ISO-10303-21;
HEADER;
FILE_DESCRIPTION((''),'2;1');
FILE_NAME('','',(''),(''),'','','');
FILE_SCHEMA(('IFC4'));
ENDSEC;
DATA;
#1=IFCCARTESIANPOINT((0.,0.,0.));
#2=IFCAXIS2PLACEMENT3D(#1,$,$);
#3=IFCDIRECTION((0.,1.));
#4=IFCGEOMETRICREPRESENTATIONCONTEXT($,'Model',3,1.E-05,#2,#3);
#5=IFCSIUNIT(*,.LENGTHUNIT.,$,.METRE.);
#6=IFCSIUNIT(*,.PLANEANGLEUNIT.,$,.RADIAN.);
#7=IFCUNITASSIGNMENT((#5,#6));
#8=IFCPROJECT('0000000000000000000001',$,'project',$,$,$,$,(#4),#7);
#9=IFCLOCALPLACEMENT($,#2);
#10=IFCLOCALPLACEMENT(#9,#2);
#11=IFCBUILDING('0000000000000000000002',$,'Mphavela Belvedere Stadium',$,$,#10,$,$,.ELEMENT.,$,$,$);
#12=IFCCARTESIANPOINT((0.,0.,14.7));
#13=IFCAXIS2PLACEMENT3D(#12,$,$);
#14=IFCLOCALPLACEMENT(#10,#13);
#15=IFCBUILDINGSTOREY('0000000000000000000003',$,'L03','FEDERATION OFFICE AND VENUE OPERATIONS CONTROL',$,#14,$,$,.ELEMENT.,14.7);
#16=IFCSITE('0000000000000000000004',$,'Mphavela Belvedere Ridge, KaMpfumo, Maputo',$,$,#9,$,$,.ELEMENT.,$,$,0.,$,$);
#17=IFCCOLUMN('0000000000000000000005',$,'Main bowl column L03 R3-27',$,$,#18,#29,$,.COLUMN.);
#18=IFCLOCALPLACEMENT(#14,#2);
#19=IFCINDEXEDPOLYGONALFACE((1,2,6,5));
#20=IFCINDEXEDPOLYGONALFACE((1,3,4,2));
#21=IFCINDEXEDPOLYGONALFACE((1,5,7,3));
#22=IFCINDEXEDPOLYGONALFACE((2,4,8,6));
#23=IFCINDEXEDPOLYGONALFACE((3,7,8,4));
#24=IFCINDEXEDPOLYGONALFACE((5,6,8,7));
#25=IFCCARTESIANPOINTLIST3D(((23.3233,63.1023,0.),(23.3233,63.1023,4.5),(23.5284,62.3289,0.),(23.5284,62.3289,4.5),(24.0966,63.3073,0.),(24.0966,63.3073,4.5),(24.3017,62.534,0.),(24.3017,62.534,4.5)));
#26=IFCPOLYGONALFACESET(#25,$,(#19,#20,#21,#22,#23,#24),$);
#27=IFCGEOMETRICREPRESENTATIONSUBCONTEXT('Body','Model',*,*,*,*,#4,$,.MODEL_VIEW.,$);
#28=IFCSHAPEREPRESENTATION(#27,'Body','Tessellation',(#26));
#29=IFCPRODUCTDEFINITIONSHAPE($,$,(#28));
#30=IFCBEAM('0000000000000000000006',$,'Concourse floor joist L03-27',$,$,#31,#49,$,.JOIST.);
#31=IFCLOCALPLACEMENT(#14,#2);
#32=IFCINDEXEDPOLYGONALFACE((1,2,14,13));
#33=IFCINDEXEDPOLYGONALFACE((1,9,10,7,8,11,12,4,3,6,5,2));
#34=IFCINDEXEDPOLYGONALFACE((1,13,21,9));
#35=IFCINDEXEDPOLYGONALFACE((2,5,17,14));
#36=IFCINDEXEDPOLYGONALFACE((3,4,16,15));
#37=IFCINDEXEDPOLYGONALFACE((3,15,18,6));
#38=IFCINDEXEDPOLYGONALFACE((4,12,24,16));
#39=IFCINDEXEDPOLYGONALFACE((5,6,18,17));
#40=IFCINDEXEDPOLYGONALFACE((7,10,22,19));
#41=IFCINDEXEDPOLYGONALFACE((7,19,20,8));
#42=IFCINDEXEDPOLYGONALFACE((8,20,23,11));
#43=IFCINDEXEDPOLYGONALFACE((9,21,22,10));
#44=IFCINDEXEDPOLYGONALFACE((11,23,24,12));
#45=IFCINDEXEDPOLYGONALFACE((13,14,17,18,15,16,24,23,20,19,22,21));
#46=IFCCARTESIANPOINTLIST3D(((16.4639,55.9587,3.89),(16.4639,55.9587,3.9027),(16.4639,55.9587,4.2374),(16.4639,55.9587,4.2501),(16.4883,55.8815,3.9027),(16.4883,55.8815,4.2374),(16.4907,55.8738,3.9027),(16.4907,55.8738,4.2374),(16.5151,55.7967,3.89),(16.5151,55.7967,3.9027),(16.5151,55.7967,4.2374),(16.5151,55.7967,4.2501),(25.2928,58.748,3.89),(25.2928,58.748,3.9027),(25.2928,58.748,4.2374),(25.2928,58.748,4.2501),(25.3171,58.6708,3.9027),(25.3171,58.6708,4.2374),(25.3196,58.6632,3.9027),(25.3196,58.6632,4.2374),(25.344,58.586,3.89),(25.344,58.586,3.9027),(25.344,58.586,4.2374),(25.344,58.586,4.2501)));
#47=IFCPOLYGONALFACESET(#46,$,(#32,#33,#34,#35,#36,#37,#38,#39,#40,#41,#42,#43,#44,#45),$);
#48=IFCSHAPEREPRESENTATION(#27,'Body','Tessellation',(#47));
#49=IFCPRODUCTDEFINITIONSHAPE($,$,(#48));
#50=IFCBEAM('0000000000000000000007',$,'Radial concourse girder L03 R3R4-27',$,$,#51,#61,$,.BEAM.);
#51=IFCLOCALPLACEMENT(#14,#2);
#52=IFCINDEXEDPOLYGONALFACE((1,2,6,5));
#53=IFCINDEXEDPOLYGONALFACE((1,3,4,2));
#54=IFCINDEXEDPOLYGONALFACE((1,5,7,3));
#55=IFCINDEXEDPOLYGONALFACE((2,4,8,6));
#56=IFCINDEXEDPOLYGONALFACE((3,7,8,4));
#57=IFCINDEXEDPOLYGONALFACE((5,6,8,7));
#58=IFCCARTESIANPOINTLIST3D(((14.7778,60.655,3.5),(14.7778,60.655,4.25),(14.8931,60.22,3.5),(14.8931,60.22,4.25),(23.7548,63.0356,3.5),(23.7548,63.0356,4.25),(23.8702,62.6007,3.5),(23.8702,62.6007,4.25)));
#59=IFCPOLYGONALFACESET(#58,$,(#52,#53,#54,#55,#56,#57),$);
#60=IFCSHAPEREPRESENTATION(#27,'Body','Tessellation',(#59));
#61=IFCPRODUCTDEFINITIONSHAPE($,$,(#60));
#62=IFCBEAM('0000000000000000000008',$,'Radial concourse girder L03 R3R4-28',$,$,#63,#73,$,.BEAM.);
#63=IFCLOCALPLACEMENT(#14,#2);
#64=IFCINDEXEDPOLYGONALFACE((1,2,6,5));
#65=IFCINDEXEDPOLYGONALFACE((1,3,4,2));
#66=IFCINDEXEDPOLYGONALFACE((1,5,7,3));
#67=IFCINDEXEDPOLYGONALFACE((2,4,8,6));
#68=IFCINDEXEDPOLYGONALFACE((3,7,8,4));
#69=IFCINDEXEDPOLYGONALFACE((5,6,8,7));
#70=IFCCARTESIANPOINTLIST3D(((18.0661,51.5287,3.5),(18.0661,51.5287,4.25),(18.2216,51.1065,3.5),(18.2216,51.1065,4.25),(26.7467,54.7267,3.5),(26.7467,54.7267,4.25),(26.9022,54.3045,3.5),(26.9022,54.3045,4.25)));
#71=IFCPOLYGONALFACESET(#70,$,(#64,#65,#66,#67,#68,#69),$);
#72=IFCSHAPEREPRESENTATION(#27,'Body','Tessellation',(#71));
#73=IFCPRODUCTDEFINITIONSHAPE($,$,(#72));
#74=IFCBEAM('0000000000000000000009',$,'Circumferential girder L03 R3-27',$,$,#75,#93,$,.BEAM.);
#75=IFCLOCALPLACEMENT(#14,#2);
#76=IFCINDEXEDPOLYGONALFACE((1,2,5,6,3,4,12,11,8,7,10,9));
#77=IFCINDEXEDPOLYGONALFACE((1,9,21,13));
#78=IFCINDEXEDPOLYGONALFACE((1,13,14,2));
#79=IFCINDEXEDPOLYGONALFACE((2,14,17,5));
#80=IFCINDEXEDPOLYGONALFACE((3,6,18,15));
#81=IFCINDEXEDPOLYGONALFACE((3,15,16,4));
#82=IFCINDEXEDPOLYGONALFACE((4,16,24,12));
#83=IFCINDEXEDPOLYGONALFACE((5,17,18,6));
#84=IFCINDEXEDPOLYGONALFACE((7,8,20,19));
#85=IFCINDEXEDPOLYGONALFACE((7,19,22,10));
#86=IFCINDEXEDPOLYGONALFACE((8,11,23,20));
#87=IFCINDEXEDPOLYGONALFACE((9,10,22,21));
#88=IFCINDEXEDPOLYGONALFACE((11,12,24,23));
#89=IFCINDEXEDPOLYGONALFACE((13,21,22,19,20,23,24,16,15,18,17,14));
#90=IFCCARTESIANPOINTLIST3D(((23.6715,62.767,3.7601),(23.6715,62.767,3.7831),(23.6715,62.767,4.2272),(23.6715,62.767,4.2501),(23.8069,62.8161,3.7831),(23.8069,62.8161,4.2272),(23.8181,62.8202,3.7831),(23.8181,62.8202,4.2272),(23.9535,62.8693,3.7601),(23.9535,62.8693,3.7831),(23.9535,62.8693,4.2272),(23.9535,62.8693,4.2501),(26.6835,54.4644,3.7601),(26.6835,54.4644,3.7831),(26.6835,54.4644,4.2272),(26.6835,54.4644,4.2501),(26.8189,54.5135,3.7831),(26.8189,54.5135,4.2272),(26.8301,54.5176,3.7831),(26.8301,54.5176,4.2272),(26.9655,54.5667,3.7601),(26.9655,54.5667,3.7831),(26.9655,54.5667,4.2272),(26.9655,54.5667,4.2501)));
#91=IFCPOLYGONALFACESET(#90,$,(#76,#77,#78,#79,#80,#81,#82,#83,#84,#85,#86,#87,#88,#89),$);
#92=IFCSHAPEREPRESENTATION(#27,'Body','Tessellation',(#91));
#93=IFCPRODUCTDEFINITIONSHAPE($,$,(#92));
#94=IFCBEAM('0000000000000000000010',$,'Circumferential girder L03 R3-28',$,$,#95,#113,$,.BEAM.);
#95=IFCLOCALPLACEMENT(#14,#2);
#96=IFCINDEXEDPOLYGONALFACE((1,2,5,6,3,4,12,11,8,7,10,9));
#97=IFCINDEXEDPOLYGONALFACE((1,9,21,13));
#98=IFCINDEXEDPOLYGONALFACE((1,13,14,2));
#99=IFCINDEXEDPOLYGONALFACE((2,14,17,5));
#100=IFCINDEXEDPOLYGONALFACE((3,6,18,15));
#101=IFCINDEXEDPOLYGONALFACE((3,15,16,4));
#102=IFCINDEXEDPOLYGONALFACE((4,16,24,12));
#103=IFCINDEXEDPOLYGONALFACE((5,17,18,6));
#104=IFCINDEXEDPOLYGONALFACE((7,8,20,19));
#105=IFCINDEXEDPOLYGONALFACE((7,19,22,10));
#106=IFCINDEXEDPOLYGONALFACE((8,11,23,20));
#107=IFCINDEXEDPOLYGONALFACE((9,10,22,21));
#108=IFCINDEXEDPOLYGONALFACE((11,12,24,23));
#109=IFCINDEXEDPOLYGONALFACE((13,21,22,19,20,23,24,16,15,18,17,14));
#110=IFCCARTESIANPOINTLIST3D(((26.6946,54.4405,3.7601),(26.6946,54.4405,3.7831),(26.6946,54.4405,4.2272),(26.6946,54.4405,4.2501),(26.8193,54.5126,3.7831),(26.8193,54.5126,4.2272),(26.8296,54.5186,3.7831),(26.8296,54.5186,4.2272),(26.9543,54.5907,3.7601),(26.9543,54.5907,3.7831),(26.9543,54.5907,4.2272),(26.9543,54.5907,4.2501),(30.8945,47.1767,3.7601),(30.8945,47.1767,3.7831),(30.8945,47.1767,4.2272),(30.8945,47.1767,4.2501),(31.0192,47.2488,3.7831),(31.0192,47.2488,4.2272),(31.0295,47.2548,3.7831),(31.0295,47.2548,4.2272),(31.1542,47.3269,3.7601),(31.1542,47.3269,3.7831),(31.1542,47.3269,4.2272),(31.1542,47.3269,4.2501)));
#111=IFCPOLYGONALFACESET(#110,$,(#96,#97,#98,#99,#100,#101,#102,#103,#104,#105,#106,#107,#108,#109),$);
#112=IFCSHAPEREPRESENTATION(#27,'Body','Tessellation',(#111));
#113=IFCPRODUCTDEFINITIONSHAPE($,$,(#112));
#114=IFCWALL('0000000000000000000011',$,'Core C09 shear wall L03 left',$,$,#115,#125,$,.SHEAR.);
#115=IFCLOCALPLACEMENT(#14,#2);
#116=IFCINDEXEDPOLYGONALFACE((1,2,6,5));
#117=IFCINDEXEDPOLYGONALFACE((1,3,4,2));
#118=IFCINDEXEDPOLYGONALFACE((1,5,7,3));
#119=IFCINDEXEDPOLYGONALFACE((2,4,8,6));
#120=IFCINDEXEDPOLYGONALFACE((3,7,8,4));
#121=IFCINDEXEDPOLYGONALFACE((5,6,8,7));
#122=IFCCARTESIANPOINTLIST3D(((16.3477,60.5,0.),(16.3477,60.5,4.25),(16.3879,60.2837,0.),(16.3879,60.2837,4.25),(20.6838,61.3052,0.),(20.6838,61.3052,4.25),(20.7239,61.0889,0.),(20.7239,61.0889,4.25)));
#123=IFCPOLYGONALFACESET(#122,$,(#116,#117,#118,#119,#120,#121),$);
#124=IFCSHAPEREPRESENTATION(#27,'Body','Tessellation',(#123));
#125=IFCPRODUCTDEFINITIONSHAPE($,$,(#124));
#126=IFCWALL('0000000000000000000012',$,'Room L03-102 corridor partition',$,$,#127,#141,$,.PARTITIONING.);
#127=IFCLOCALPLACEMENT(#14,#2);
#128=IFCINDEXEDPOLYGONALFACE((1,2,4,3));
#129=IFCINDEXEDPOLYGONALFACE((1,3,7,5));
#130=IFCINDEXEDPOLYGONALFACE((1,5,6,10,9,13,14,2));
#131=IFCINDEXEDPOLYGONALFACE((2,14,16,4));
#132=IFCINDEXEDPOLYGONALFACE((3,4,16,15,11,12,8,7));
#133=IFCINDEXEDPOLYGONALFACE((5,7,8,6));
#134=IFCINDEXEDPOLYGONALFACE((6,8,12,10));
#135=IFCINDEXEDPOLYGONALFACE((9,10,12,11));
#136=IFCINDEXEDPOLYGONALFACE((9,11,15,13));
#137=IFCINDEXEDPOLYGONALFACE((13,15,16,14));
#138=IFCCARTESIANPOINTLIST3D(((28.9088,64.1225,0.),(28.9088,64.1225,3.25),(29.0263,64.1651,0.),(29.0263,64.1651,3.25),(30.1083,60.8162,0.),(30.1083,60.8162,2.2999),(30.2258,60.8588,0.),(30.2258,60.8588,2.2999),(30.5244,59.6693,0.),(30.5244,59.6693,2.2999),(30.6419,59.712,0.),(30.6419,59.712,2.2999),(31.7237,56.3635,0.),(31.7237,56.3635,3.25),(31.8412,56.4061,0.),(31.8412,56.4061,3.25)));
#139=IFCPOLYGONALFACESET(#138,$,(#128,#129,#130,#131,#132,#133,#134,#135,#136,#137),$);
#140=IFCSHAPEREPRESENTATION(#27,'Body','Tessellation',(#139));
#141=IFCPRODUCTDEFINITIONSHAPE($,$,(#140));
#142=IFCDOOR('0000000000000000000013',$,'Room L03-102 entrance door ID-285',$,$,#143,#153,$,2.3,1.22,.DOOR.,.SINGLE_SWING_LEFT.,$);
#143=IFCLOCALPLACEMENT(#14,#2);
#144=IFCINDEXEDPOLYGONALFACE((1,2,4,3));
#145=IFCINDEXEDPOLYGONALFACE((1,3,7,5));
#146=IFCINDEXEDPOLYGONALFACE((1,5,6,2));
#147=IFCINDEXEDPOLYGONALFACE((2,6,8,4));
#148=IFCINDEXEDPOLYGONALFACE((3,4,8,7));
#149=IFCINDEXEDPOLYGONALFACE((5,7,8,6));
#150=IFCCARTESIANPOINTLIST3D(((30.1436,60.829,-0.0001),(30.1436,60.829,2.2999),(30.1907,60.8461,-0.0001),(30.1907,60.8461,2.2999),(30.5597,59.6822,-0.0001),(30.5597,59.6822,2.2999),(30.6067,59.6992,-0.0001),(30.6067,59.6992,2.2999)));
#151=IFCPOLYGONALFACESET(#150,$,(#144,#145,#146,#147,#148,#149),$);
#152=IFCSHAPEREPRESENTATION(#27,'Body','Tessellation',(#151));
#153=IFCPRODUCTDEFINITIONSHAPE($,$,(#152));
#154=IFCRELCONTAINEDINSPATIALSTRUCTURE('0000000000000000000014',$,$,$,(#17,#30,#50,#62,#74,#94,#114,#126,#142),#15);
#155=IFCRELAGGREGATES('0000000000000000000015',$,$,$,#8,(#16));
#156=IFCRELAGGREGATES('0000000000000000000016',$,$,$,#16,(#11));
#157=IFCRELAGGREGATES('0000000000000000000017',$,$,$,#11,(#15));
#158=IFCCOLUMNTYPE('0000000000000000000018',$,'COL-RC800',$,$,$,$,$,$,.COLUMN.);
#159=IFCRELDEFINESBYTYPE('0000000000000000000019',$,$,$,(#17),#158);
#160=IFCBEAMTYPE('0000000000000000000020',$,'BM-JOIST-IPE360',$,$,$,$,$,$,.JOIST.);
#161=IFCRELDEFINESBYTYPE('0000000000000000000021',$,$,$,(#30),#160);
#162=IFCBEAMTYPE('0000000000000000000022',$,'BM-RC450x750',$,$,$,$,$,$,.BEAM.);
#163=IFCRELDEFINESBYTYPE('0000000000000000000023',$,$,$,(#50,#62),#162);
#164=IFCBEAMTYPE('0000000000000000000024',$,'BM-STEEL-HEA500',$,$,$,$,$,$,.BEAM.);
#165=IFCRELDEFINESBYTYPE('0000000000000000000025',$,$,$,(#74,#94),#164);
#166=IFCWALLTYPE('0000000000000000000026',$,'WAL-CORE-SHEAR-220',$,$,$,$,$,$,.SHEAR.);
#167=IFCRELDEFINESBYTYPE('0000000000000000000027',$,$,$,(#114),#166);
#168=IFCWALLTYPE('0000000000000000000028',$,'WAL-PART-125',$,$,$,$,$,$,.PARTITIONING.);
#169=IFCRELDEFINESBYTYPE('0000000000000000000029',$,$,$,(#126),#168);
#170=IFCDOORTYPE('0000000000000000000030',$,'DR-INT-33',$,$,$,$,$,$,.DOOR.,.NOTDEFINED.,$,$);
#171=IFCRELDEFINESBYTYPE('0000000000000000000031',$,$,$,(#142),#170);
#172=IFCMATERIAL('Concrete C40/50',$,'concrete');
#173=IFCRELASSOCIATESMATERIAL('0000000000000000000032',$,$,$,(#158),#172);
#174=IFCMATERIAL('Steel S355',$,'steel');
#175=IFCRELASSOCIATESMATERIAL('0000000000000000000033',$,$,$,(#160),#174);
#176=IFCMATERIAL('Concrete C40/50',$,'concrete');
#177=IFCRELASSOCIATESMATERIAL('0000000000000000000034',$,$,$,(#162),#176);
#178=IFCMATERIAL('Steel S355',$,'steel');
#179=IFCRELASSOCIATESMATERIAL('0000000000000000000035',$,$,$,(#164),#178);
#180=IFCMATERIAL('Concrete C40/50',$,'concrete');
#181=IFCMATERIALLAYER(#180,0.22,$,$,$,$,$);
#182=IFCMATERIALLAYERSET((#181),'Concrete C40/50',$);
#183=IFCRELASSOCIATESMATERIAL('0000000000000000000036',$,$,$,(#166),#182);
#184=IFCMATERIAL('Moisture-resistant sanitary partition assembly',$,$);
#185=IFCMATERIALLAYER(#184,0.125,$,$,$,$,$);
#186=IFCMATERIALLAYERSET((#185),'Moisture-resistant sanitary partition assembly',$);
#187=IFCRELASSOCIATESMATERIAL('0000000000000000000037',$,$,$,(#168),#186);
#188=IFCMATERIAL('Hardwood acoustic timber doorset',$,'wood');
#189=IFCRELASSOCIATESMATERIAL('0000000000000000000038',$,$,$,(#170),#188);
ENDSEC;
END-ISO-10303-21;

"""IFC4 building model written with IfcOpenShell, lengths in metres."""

from ifc_helpers import new_model, si_unit, direction, frame, frame_2d, origin, origin_2d, place, context, subcontext, project, spatial, rectangle, i_section, extrude, material, layer, layer_set, material_profile, profile_set, type_object, element, fill, save


model = new_model("IFC4")

# Units and contexts
model_context = context("Model", 3, precision=1e-05, world=origin(), true_north=direction((0.0, 1.0)))
body_context = subcontext(model_context, "Body", "Model", "MODEL_VIEW")
ifc_project = project(units=[si_unit("LENGTHUNIT", "METRE"), si_unit("PLANEANGLEUNIT", "RADIAN")], contexts=[model_context])

# Site, building, storey
site_placement = place(None, origin())
site = spatial("IfcSite", under=ifc_project, at=site_placement, Name="Mphavela Belvedere Ridge, KaMpfumo, Maputo", CompositionType="ELEMENT", RefElevation=0.0)
building_placement = place(site_placement, origin())
building = spatial("IfcBuilding", under=site, at=building_placement, Name="Mphavela Belvedere Stadium", CompositionType="ELEMENT")
storey_placement = place(building_placement, frame((0.0, 0.0, 14.7)))
storey = spatial("IfcBuildingStorey", under=building, at=storey_placement, Name="L03", Description="FEDERATION OFFICE AND VENUE OPERATIONS CONTROL", CompositionType="ELEMENT", Elevation=14.7)

# Column
ifc_material_1 = material(Name="Concrete C40/50", Category="concrete")
ifc_material_profile_1 = material_profile(ifc_material_1, rectangle(XDim=0.8, YDim=0.8, at=origin_2d()), Name="RC 800x800")
ifc_profile_set_1 = profile_set([ifc_material_profile_1], Name="Concrete C40/50")
column_type = type_object("IfcColumnType", Name="COL-RC800", PredefinedType="COLUMN", material=ifc_profile_set_1)
column_placement = place(storey_placement, frame((23.8125, 62.8181, 0.0), z_axis=(0.0, 0.0, 1.0), x_axis=(-0.9666, -0.256289, 0.0)))
element("IfcColumn", 1, at=column_placement, inside=storey, type_object=column_type, Name="Main bowl column L03 R3-27", PredefinedType="COLUMN", context=body_context, shape_type="SweptSolid", body=[
    extrude(rectangle(XDim=0.8, YDim=0.8, at=origin_2d()), origin(), (0.0, 0.0, 1.0), 4.5),
])

# Beams
ifc_material_2 = material(Name="Steel S355", Category="steel")
ifc_material_profile_2 = material_profile(ifc_material_2, i_section(OverallWidth=0.1699, OverallDepth=0.3601, WebThickness=0.0081, FlangeThickness=0.0127, at=origin_2d()), Name="IPE 360")
ifc_profile_set_2 = profile_set([ifc_material_profile_2], Name="Steel S355")
beam_type_1 = type_object("IfcBeamType", Name="BM-JOIST-IPE360", PredefinedType="JOIST", material=ifc_profile_set_2)
beam_1_placement = place(storey_placement, frame((25.3184, 58.667, 4.0701), z_axis=(-0.953544, -0.301254, 0.0), x_axis=(0.301254, -0.953544, 0.0)))
element("IfcBeam", 2, at=beam_1_placement, inside=storey, type_object=beam_type_1, Name="Concourse floor joist L03-27", PredefinedType="JOIST", context=body_context, shape_type="SweptSolid", body=[
    extrude(i_section(OverallWidth=0.1699, OverallDepth=0.3601, WebThickness=0.0081, FlangeThickness=0.0127, at=origin_2d()), origin(), (0.0, 0.0, 1.0), 9.259),
])
ifc_material_3 = material(Name="Concrete C40/50", Category="concrete")
ifc_material_profile_3 = material_profile(ifc_material_3, rectangle(XDim=0.45, YDim=0.75, at=origin_2d()), Name="RC 450x750")
ifc_profile_set_3 = profile_set([ifc_material_profile_3], Name="Concrete C40/50")
beam_type_2 = type_object("IfcBeamType", Name="BM-RC450x750", PredefinedType="BEAM", material=ifc_profile_set_3)
beam_2_placement = place(storey_placement, frame((23.8125, 62.8181, 3.875), z_axis=(-0.96659, -0.256329, 0.0), x_axis=(0.256329, -0.96659, 0.0)))
element("IfcBeam", 3, at=beam_2_placement, inside=storey, type_object=beam_type_2, Name="Radial concourse girder L03 R3R4-27", PredefinedType="BEAM", context=body_context, shape_type="SweptSolid", body=[
    extrude(rectangle(XDim=0.45, YDim=0.75, at=origin_2d()), origin(), (0.0, 0.0, 1.0), 9.2874),
])
beam_3_placement = place(storey_placement, frame((26.8245, 54.5156, 3.875), z_axis=(-0.938348, -0.345692, 0.0), x_axis=(0.345692, -0.938348, 0.0)))
element("IfcBeam", 4, at=beam_3_placement, inside=storey, type_object=beam_type_2, Name="Radial concourse girder L03 R3R4-28", PredefinedType="BEAM", context=body_context, shape_type="SweptSolid", body=[
    extrude(rectangle(XDim=0.45, YDim=0.75, at=origin_2d()), origin(), (0.0, 0.0, 1.0), 9.251),
])
ifc_material_4 = material(Name="Steel S355", Category="steel")
ifc_material_profile_4 = material_profile(ifc_material_4, i_section(OverallWidth=0.3, OverallDepth=0.49, WebThickness=0.012, FlangeThickness=0.0229, at=origin_2d()), Name="HEA 500")
ifc_profile_set_4 = profile_set([ifc_material_profile_4], Name="Steel S355")
beam_type_3 = type_object("IfcBeamType", Name="BM-STEEL-HEA500", PredefinedType="BEAM", material=ifc_profile_set_4)
beam_4_placement = place(storey_placement, frame((23.8125, 62.8181, 4.0051), z_axis=(0.341031, -0.940052, 0.0), x_axis=(0.940052, 0.341031, 0.0)))
element("IfcBeam", 5, at=beam_4_placement, inside=storey, type_object=beam_type_3, Name="Circumferential girder L03 R3-27", PredefinedType="BEAM", context=body_context, shape_type="SweptSolid", body=[
    extrude(i_section(OverallWidth=0.3, OverallDepth=0.49, WebThickness=0.012, FlangeThickness=0.0229, at=origin_2d()), origin(), (0.0, 0.0, 1.0), 8.832),
])
beam_5_placement = place(storey_placement, frame((26.8245, 54.5156, 4.0051), z_axis=(0.500548, -0.865709, 0.0), x_axis=(0.865709, 0.500548, 0.0)))
element("IfcBeam", 6, at=beam_5_placement, inside=storey, type_object=beam_type_3, Name="Circumferential girder L03 R3-28", PredefinedType="BEAM", context=body_context, shape_type="SweptSolid", body=[
    extrude(i_section(OverallWidth=0.3, OverallDepth=0.49, WebThickness=0.012, FlangeThickness=0.0229, at=origin_2d()), origin(), (0.0, 0.0, 1.0), 8.3906),
])

# Wall
ifc_material_5 = material(Name="Concrete C40/50", Category="concrete")
ifc_layer_1 = layer(ifc_material_5, 0.22)
ifc_layer_set_1 = layer_set([ifc_layer_1], Name="Concrete C40/50")
wall_type_1 = type_object("IfcWallType", Name="WAL-CORE-SHEAR-220", PredefinedType="SHEAR", material=ifc_layer_set_1)
wall_1_placement = place(storey_placement, frame((20.7039, 61.197, 0.0), z_axis=(0.0, 0.0, 1.0), x_axis=(-0.983192, -0.182577, 0.0)))
element("IfcWall", 7, at=wall_1_placement, inside=storey, type_object=wall_type_1, Name="Core C09 shear wall L03 left", PredefinedType="SHEAR", context=body_context, shape_type="SweptSolid", body=[
    extrude(rectangle(XDim=4.4102, YDim=0.22, at=frame_2d((2.2051, 0.0))), origin(), (0.0, 0.0, 1.0), 4.25),
])

# Wall, opening, door
ifc_material_6 = material(Name="Moisture-resistant sanitary partition assembly")
ifc_layer_2 = layer(ifc_material_6, 0.125)
ifc_layer_set_2 = layer_set([ifc_layer_2], Name="Moisture-resistant sanitary partition assembly")
wall_type_2 = type_object("IfcWallType", Name="WAL-PART-125", PredefinedType="PARTITIONING", material=ifc_layer_set_2)
wall_2_placement = place(storey_placement, frame((31.7825, 56.3848, 0.0), z_axis=(0.0, 0.0, 1.0), x_axis=(-0.341045, 0.940047, 0.0)))
wall_2 = element("IfcWall", 8, at=wall_2_placement, inside=storey, type_object=wall_type_2, Name="Room L03-102 corridor partition", PredefinedType="PARTITIONING", context=body_context, shape_type="SweptSolid", body=[
    extrude(rectangle(XDim=8.2539, YDim=0.125, at=frame_2d((4.127, 0.0))), origin(), (0.0, 0.0, 1.0), 3.25),
])
opening_1_placement = place(wall_2_placement, frame((3.5168, 0.0, 0.0)))
opening_1 = element("IfcOpeningElement", 9, at=opening_1_placement, cuts=wall_2, PredefinedType="OPENING", context=body_context, shape_type="SweptSolid", body=[
    extrude(rectangle(XDim=1.22, YDim=2.3, at=frame_2d((0.6099, 1.1499))), frame((0.0, 0.0725, 0.0), z_axis=(0.0, -1.0, 0.0), x_axis=(1.0, 0.0, 0.0)), (0.0, 0.0, 1.0), 0.145),
])
ifc_material_7 = material(Name="Hardwood acoustic timber doorset", Category="wood")
door_type_1 = type_object("IfcDoorType", Name="DR-INT-33", OperationType="NOTDEFINED", PredefinedType="DOOR", material=ifc_material_7)
door_1_placement = place(opening_1_placement, origin())
door_1 = element("IfcDoor", 10, at=door_1_placement, inside=storey, type_object=door_type_1, Name="Room L03-102 entrance door ID-285", OperationType="SINGLE_SWING_LEFT", OverallHeight=2.3, OverallWidth=1.22, PredefinedType="DOOR", context=body_context, shape_type="SweptSolid", body=[
    extrude(rectangle(XDim=1.22, YDim=2.3, at=frame_2d((0.6099, 1.1499))), frame((0.0, 0.0249, 0.0), z_axis=(0.0, -1.0, 0.0), x_axis=(1.0, 0.0, 0.0)), (0.0, 0.0, 1.0), 0.05),
])
fill(opening_1, door_1)

save(model, "model.ifc")
